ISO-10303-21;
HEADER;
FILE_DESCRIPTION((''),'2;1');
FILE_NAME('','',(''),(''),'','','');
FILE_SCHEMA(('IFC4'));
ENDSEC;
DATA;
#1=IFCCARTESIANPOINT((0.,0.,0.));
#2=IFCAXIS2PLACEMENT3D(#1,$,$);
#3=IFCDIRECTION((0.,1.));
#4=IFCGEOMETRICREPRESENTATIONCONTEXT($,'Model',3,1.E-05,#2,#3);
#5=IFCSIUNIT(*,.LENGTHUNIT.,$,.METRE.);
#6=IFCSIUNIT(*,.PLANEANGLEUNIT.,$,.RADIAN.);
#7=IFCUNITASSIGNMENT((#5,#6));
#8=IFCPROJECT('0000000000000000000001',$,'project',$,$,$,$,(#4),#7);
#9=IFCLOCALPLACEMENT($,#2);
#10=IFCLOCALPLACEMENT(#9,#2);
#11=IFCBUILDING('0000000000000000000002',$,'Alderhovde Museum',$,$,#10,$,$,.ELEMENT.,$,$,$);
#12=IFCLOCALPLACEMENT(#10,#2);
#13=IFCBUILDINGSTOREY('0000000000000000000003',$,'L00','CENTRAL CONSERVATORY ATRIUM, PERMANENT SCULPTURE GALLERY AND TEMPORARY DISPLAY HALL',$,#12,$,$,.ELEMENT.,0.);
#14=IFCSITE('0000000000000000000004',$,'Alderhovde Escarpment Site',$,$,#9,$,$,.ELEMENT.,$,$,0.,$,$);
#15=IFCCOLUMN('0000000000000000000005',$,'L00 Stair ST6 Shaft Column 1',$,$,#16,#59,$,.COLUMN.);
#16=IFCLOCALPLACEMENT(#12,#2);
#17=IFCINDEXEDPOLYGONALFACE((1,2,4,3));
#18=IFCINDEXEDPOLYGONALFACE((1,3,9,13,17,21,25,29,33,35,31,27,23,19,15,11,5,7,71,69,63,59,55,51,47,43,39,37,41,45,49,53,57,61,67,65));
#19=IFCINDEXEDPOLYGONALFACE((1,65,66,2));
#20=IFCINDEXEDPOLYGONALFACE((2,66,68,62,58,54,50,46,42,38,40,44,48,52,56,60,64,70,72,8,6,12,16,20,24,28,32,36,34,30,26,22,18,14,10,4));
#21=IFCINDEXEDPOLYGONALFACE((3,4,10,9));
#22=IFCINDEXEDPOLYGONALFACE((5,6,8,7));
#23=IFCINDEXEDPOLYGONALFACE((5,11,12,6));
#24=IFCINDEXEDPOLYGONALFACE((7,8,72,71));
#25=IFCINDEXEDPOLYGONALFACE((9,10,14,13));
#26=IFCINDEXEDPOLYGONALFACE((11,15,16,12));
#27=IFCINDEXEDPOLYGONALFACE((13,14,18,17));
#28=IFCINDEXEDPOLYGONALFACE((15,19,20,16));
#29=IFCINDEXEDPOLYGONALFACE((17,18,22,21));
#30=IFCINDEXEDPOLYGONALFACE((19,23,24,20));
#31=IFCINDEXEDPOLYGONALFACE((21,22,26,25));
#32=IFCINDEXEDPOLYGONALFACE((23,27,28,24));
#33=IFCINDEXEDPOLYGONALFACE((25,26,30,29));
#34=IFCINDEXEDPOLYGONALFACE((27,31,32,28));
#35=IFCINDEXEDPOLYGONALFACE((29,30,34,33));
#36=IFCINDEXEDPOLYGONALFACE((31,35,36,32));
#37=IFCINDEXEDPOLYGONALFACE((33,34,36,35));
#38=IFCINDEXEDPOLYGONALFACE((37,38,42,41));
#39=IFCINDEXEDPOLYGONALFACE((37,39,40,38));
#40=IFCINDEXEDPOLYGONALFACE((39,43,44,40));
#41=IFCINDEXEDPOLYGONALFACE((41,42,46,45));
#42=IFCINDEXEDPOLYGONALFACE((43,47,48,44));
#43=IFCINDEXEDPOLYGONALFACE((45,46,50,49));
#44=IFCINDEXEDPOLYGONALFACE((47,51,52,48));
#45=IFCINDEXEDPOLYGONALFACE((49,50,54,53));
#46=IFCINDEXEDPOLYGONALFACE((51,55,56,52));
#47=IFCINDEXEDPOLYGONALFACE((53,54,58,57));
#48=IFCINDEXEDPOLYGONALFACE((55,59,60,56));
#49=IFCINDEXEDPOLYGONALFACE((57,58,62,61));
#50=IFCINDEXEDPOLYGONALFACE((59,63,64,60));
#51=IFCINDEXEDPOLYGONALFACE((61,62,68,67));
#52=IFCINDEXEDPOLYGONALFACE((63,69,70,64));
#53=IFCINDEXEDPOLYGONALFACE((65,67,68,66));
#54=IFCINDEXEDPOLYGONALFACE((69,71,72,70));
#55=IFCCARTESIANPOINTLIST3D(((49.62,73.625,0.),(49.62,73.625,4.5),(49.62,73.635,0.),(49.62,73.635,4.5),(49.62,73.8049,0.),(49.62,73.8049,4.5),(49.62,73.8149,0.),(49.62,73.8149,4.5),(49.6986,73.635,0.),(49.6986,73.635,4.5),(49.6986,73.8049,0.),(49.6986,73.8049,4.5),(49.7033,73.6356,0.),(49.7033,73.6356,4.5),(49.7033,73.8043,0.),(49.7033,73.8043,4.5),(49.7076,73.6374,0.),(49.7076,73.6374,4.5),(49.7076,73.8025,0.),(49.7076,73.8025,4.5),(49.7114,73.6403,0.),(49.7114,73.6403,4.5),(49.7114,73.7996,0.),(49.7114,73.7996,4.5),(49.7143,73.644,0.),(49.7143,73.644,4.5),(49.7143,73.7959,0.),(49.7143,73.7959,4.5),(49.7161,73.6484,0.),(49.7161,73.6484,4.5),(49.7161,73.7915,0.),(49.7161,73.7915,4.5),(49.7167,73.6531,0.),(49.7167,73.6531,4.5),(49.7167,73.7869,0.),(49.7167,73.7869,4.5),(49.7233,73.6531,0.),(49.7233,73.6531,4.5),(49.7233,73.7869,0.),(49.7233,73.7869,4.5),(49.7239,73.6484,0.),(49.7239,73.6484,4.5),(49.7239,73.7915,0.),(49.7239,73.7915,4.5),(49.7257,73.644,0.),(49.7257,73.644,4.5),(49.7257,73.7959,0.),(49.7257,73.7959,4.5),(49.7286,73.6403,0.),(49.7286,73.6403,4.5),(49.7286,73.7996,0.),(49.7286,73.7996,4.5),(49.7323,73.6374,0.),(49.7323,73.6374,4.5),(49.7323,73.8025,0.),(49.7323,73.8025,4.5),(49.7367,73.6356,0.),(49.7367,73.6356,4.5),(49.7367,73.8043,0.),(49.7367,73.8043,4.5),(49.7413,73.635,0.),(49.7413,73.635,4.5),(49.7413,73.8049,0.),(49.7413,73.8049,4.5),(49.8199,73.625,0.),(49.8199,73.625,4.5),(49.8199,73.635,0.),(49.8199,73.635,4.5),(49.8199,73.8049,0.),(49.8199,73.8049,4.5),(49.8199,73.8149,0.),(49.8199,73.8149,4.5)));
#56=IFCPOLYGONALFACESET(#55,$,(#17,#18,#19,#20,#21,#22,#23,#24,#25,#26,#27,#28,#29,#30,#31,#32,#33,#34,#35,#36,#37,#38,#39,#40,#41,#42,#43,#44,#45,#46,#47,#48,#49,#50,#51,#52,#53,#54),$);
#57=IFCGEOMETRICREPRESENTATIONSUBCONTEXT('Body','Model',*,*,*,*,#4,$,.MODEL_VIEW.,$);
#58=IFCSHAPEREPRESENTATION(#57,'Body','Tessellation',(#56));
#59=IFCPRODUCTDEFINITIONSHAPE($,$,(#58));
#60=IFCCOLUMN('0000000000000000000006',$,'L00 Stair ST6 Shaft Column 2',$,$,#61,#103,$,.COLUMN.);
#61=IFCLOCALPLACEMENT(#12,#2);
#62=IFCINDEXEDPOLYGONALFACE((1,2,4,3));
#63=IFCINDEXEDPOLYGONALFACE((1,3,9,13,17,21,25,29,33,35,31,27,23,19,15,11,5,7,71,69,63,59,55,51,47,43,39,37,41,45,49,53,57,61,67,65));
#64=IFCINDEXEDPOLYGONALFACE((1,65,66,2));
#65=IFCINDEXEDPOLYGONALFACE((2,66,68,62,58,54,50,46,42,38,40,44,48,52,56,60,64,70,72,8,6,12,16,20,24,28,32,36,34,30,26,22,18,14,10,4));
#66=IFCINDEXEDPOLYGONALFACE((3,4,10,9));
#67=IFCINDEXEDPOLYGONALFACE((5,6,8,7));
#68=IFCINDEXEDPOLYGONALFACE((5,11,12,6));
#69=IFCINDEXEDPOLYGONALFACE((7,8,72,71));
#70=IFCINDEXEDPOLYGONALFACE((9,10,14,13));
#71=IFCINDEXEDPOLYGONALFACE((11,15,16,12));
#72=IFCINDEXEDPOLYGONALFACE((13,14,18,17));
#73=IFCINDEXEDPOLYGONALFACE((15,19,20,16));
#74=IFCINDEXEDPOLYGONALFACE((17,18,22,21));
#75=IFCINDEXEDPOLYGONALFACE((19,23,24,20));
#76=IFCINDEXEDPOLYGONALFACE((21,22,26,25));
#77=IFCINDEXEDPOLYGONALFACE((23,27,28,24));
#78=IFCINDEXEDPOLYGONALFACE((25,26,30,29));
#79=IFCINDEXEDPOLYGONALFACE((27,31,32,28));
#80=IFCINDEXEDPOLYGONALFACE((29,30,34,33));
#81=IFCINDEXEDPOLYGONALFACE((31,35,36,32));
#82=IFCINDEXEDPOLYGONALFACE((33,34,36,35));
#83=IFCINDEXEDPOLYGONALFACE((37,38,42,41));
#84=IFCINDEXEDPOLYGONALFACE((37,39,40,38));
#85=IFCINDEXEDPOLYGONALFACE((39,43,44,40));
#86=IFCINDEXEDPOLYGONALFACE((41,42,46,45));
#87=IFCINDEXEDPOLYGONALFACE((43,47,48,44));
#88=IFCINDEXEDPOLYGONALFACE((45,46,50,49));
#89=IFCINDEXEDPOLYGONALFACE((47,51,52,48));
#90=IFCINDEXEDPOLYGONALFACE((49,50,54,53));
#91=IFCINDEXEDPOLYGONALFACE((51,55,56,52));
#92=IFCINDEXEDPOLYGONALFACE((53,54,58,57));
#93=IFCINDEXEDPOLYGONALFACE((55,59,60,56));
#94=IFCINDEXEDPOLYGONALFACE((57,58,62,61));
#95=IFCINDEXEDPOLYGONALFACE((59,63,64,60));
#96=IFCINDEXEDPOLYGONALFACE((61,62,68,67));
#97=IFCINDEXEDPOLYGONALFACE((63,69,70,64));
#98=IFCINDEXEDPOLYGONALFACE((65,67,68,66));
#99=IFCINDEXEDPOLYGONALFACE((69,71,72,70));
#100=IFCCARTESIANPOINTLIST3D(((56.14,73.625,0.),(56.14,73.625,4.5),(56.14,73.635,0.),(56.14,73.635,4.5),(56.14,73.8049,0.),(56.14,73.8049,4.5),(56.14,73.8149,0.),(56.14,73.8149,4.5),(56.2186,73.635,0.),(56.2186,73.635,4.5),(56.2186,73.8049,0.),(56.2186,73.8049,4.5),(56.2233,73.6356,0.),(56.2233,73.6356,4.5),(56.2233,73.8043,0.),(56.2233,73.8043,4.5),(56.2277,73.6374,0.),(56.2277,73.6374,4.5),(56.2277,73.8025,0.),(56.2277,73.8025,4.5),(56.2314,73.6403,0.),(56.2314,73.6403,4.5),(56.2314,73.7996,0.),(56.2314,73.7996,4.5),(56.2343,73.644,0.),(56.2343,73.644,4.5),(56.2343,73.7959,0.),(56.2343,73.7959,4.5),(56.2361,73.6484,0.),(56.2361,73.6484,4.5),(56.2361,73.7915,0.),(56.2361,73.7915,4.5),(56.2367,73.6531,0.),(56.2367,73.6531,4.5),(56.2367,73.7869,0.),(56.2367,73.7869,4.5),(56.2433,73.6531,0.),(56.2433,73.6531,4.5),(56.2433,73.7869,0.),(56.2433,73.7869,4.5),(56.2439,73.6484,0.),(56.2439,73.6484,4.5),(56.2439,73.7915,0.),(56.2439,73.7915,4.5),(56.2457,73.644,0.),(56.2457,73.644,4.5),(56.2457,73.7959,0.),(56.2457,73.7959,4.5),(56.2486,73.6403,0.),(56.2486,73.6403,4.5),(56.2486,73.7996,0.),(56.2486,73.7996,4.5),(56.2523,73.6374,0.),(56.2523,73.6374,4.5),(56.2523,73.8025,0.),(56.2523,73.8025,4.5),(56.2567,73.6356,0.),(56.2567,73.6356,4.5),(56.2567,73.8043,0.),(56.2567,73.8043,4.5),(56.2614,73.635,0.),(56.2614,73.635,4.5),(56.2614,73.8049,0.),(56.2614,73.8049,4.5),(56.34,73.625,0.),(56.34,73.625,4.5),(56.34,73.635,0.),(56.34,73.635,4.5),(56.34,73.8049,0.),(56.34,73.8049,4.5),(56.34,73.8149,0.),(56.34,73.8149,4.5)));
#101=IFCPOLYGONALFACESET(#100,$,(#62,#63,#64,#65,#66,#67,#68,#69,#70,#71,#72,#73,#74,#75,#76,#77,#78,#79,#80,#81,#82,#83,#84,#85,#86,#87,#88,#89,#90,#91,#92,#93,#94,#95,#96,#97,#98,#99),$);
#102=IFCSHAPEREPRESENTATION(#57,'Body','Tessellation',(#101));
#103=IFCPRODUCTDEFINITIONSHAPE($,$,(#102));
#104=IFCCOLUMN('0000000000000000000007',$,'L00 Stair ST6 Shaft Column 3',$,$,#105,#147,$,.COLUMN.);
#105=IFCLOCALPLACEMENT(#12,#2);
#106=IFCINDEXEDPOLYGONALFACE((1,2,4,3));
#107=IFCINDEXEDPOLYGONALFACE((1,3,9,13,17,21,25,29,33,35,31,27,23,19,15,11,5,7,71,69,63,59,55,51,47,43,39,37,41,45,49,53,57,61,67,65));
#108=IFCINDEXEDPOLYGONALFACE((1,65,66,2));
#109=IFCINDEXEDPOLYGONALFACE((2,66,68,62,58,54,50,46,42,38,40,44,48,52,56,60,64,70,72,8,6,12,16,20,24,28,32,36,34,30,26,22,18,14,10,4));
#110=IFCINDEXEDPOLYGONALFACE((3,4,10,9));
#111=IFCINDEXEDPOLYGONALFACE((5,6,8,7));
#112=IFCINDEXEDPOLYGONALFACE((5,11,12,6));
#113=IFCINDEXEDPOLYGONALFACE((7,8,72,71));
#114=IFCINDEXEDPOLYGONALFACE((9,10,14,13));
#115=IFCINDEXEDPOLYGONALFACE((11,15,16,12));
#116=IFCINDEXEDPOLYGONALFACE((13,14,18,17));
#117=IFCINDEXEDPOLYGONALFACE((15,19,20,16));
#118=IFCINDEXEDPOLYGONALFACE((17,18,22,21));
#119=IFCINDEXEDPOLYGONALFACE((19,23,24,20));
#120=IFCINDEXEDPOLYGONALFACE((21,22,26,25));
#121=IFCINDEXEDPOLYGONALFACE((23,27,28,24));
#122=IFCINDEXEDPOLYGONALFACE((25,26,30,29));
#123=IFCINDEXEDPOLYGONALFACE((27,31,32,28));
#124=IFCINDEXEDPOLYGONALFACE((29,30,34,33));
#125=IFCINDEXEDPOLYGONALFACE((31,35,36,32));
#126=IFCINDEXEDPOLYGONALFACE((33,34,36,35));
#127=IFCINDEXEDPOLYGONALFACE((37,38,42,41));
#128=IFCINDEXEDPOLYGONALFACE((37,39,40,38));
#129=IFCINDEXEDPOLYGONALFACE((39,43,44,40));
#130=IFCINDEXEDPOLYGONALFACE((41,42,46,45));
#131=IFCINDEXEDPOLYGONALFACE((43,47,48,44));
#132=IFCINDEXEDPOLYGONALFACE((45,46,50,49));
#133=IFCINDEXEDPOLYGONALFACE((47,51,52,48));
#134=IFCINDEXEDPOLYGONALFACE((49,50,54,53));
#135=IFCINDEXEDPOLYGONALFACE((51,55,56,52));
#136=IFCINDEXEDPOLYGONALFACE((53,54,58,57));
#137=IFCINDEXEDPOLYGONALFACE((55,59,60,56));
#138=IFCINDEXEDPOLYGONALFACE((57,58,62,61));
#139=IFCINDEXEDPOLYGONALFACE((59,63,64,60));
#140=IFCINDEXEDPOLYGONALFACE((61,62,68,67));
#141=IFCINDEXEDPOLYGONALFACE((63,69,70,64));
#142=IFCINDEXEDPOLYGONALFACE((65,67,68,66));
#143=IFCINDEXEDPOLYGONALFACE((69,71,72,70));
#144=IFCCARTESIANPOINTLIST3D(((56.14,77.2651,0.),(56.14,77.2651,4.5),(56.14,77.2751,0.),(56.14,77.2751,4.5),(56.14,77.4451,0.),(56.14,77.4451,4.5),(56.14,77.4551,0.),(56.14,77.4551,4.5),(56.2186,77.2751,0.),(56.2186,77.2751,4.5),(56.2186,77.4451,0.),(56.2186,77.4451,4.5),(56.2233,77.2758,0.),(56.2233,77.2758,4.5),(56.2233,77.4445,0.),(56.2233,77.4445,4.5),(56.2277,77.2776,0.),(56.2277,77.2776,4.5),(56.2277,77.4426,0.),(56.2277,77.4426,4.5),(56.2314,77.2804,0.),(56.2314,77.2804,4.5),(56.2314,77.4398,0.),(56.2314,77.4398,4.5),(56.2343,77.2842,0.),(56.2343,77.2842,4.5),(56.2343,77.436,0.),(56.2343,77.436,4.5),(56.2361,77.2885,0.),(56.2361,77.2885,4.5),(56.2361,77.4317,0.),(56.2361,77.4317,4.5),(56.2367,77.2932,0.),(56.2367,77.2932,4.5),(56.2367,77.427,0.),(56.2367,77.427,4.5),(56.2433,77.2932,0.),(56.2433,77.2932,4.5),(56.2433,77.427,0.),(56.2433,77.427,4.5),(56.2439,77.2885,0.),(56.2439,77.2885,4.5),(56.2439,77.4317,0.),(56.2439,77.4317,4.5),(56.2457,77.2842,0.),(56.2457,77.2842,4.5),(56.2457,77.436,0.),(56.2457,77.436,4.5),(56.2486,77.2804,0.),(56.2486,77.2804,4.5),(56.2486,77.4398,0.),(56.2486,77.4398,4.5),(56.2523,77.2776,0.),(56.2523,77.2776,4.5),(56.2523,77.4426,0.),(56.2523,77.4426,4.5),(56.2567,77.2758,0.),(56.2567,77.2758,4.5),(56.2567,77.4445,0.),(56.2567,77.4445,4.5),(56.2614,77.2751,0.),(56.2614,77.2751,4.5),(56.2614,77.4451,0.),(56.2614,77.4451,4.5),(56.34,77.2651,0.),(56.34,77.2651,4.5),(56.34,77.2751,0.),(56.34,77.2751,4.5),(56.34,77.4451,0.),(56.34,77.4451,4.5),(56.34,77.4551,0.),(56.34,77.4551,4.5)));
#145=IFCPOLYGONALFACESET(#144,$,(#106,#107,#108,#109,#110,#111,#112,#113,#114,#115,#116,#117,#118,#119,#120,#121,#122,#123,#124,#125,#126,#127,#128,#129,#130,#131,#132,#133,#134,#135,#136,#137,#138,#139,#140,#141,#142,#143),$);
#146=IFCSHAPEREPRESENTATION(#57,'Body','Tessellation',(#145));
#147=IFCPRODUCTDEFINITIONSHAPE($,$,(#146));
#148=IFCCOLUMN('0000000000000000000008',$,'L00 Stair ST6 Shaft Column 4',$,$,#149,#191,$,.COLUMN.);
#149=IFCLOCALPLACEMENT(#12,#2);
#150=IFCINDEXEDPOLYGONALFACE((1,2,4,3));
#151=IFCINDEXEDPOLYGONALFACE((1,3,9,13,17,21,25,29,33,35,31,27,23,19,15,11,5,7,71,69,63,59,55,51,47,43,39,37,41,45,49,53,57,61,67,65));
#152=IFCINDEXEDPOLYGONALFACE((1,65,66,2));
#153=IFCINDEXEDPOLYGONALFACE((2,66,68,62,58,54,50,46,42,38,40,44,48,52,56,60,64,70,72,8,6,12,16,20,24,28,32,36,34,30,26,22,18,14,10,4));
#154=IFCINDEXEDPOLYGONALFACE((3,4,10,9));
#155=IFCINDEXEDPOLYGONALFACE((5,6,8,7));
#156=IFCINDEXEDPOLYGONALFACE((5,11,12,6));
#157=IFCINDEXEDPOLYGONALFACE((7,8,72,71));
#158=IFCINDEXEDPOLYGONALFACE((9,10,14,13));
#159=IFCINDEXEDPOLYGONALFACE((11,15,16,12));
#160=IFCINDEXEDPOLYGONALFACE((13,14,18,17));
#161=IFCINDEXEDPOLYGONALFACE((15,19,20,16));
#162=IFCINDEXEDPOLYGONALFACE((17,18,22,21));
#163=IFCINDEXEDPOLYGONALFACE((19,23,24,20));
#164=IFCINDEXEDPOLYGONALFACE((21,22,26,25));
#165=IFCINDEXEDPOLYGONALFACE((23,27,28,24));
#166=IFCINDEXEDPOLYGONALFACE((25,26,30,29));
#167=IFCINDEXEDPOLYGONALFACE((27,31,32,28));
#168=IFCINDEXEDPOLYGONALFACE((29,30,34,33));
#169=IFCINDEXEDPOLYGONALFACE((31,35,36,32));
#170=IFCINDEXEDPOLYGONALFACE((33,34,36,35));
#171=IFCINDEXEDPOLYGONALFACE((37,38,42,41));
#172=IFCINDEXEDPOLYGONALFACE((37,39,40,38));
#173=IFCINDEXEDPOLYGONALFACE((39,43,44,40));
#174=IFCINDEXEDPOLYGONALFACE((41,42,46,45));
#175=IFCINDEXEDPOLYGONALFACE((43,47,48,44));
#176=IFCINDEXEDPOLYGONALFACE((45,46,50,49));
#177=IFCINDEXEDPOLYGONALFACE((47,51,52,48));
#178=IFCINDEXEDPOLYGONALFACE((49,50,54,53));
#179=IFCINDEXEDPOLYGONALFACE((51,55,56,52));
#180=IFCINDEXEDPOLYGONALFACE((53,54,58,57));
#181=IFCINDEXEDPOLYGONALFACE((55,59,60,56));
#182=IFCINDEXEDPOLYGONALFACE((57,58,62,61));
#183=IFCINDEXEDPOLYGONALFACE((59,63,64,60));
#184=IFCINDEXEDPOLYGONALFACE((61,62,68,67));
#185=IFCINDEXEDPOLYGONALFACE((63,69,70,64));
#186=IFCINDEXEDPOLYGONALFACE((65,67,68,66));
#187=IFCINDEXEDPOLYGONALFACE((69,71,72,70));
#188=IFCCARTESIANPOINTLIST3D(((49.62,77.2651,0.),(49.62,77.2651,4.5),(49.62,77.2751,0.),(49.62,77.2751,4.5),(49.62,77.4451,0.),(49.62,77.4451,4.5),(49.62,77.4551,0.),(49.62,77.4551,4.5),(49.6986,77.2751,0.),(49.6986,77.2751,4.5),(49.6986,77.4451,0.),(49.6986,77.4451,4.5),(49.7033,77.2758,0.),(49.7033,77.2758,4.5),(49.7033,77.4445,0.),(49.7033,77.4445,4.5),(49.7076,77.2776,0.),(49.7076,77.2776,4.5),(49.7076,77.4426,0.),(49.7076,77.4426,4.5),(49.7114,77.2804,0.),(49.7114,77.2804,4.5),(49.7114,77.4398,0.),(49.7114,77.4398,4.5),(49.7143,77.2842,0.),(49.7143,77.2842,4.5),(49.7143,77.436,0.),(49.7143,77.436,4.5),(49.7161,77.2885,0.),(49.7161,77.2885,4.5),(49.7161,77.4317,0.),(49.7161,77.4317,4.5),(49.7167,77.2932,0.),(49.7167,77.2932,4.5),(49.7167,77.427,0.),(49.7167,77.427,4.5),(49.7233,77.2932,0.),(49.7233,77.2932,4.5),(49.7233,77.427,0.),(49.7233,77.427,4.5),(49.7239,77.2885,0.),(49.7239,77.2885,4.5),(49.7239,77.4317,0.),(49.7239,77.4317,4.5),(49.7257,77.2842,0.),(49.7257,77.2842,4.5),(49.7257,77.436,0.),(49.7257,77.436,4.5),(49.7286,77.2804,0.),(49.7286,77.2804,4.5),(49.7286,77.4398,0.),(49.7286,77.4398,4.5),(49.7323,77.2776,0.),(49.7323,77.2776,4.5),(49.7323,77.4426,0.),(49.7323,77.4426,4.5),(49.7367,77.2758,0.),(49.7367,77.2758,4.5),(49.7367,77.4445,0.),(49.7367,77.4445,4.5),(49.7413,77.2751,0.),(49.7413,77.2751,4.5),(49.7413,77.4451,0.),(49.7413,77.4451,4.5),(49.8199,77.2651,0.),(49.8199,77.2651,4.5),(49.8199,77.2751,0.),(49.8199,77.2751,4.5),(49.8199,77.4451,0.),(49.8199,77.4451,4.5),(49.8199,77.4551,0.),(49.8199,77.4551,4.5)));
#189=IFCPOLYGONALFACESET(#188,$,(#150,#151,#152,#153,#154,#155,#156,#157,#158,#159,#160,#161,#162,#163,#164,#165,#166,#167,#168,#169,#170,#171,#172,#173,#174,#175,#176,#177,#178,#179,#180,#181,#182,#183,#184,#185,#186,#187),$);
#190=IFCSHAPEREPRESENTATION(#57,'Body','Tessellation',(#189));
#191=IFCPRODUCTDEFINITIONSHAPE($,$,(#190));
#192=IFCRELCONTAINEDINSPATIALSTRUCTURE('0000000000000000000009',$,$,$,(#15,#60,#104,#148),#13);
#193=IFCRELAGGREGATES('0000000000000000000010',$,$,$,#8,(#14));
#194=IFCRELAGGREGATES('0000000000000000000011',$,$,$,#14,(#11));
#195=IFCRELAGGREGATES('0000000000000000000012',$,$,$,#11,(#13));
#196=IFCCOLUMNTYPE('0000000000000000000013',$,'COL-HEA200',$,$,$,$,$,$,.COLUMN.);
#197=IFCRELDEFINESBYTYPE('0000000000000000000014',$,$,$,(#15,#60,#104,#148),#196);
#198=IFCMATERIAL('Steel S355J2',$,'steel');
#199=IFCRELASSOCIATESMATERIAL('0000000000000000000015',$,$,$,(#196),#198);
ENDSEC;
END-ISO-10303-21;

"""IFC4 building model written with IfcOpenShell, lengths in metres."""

from ifc_helpers import new_model, si_unit, direction, frame, origin, origin_2d, place, context, subcontext, project, spatial, i_section, extrude, material, material_profile, profile_set, type_object, element, save


model = new_model("IFC4")

# Units and contexts
model_context = context("Model", 3, precision=1e-05, world=origin(), true_north=direction((0.0, 1.0)))
body_context = subcontext(model_context, "Body", "Model", "MODEL_VIEW")
ifc_project = project(units=[si_unit("LENGTHUNIT", "METRE"), si_unit("PLANEANGLEUNIT", "RADIAN")], contexts=[model_context])

# Site, building, storey
site_placement = place(None, origin())
site = spatial("IfcSite", under=ifc_project, at=site_placement, Name="Alderhovde Escarpment Site", CompositionType="ELEMENT", RefElevation=0.0)
building_placement = place(site_placement, origin())
building = spatial("IfcBuilding", under=site, at=building_placement, Name="Alderhovde Museum", CompositionType="ELEMENT")
storey_placement = place(building_placement, origin())
storey = spatial("IfcBuildingStorey", under=building, at=storey_placement, Name="L00", Description="CENTRAL CONSERVATORY ATRIUM, PERMANENT SCULPTURE GALLERY AND TEMPORARY DISPLAY HALL", CompositionType="ELEMENT", Elevation=0.0)

# Columns
ifc_material_1 = material(Name="Steel S355J2", Category="steel")
ifc_material_profile_1 = material_profile(ifc_material_1, i_section(OverallWidth=0.2, OverallDepth=0.1899, WebThickness=0.0066, FlangeThickness=0.01, FilletRadius=0.0181, at=origin_2d()), Name="HEA 200")
ifc_profile_set_1 = profile_set([ifc_material_profile_1], Name="Steel S355J2")
column_type = type_object("IfcColumnType", Name="COL-HEA200", PredefinedType="COLUMN", material=ifc_profile_set_1)
for number, where, z_axis, x_axis, name in (
    (1, (49.72, 73.72, 0.0), (0.0, 0.0, 1.0), (1.0, 0.0, 0.0), "L00 Stair ST6 Shaft Column 1"),
    (2, (56.24, 73.72, 0.0), (0.0, 0.0, 1.0), (1.0, 0.0, 0.0), "L00 Stair ST6 Shaft Column 2"),
    (3, (56.24, 77.3601, 0.0), (0.0, 0.0, 1.0), (1.0, 0.0, 0.0), "L00 Stair ST6 Shaft Column 3"),
    (4, (49.72, 77.3601, 0.0), (0.0, 0.0, 1.0), (1.0, 0.0, 0.0), "L00 Stair ST6 Shaft Column 4"),
):
    element("IfcColumn", number, at=place(storey_placement, frame(where, z_axis=z_axis, x_axis=x_axis)), inside=storey, type_object=column_type, Name=name, PredefinedType="COLUMN", context=body_context, shape_type="SweptSolid", body=[
        extrude(i_section(OverallWidth=0.2, OverallDepth=0.1899, WebThickness=0.0066, FlangeThickness=0.01, FilletRadius=0.0181, at=origin_2d()), origin(), (0.0, 0.0, 1.0), 4.5),
    ])

save(model, "model.ifc")
